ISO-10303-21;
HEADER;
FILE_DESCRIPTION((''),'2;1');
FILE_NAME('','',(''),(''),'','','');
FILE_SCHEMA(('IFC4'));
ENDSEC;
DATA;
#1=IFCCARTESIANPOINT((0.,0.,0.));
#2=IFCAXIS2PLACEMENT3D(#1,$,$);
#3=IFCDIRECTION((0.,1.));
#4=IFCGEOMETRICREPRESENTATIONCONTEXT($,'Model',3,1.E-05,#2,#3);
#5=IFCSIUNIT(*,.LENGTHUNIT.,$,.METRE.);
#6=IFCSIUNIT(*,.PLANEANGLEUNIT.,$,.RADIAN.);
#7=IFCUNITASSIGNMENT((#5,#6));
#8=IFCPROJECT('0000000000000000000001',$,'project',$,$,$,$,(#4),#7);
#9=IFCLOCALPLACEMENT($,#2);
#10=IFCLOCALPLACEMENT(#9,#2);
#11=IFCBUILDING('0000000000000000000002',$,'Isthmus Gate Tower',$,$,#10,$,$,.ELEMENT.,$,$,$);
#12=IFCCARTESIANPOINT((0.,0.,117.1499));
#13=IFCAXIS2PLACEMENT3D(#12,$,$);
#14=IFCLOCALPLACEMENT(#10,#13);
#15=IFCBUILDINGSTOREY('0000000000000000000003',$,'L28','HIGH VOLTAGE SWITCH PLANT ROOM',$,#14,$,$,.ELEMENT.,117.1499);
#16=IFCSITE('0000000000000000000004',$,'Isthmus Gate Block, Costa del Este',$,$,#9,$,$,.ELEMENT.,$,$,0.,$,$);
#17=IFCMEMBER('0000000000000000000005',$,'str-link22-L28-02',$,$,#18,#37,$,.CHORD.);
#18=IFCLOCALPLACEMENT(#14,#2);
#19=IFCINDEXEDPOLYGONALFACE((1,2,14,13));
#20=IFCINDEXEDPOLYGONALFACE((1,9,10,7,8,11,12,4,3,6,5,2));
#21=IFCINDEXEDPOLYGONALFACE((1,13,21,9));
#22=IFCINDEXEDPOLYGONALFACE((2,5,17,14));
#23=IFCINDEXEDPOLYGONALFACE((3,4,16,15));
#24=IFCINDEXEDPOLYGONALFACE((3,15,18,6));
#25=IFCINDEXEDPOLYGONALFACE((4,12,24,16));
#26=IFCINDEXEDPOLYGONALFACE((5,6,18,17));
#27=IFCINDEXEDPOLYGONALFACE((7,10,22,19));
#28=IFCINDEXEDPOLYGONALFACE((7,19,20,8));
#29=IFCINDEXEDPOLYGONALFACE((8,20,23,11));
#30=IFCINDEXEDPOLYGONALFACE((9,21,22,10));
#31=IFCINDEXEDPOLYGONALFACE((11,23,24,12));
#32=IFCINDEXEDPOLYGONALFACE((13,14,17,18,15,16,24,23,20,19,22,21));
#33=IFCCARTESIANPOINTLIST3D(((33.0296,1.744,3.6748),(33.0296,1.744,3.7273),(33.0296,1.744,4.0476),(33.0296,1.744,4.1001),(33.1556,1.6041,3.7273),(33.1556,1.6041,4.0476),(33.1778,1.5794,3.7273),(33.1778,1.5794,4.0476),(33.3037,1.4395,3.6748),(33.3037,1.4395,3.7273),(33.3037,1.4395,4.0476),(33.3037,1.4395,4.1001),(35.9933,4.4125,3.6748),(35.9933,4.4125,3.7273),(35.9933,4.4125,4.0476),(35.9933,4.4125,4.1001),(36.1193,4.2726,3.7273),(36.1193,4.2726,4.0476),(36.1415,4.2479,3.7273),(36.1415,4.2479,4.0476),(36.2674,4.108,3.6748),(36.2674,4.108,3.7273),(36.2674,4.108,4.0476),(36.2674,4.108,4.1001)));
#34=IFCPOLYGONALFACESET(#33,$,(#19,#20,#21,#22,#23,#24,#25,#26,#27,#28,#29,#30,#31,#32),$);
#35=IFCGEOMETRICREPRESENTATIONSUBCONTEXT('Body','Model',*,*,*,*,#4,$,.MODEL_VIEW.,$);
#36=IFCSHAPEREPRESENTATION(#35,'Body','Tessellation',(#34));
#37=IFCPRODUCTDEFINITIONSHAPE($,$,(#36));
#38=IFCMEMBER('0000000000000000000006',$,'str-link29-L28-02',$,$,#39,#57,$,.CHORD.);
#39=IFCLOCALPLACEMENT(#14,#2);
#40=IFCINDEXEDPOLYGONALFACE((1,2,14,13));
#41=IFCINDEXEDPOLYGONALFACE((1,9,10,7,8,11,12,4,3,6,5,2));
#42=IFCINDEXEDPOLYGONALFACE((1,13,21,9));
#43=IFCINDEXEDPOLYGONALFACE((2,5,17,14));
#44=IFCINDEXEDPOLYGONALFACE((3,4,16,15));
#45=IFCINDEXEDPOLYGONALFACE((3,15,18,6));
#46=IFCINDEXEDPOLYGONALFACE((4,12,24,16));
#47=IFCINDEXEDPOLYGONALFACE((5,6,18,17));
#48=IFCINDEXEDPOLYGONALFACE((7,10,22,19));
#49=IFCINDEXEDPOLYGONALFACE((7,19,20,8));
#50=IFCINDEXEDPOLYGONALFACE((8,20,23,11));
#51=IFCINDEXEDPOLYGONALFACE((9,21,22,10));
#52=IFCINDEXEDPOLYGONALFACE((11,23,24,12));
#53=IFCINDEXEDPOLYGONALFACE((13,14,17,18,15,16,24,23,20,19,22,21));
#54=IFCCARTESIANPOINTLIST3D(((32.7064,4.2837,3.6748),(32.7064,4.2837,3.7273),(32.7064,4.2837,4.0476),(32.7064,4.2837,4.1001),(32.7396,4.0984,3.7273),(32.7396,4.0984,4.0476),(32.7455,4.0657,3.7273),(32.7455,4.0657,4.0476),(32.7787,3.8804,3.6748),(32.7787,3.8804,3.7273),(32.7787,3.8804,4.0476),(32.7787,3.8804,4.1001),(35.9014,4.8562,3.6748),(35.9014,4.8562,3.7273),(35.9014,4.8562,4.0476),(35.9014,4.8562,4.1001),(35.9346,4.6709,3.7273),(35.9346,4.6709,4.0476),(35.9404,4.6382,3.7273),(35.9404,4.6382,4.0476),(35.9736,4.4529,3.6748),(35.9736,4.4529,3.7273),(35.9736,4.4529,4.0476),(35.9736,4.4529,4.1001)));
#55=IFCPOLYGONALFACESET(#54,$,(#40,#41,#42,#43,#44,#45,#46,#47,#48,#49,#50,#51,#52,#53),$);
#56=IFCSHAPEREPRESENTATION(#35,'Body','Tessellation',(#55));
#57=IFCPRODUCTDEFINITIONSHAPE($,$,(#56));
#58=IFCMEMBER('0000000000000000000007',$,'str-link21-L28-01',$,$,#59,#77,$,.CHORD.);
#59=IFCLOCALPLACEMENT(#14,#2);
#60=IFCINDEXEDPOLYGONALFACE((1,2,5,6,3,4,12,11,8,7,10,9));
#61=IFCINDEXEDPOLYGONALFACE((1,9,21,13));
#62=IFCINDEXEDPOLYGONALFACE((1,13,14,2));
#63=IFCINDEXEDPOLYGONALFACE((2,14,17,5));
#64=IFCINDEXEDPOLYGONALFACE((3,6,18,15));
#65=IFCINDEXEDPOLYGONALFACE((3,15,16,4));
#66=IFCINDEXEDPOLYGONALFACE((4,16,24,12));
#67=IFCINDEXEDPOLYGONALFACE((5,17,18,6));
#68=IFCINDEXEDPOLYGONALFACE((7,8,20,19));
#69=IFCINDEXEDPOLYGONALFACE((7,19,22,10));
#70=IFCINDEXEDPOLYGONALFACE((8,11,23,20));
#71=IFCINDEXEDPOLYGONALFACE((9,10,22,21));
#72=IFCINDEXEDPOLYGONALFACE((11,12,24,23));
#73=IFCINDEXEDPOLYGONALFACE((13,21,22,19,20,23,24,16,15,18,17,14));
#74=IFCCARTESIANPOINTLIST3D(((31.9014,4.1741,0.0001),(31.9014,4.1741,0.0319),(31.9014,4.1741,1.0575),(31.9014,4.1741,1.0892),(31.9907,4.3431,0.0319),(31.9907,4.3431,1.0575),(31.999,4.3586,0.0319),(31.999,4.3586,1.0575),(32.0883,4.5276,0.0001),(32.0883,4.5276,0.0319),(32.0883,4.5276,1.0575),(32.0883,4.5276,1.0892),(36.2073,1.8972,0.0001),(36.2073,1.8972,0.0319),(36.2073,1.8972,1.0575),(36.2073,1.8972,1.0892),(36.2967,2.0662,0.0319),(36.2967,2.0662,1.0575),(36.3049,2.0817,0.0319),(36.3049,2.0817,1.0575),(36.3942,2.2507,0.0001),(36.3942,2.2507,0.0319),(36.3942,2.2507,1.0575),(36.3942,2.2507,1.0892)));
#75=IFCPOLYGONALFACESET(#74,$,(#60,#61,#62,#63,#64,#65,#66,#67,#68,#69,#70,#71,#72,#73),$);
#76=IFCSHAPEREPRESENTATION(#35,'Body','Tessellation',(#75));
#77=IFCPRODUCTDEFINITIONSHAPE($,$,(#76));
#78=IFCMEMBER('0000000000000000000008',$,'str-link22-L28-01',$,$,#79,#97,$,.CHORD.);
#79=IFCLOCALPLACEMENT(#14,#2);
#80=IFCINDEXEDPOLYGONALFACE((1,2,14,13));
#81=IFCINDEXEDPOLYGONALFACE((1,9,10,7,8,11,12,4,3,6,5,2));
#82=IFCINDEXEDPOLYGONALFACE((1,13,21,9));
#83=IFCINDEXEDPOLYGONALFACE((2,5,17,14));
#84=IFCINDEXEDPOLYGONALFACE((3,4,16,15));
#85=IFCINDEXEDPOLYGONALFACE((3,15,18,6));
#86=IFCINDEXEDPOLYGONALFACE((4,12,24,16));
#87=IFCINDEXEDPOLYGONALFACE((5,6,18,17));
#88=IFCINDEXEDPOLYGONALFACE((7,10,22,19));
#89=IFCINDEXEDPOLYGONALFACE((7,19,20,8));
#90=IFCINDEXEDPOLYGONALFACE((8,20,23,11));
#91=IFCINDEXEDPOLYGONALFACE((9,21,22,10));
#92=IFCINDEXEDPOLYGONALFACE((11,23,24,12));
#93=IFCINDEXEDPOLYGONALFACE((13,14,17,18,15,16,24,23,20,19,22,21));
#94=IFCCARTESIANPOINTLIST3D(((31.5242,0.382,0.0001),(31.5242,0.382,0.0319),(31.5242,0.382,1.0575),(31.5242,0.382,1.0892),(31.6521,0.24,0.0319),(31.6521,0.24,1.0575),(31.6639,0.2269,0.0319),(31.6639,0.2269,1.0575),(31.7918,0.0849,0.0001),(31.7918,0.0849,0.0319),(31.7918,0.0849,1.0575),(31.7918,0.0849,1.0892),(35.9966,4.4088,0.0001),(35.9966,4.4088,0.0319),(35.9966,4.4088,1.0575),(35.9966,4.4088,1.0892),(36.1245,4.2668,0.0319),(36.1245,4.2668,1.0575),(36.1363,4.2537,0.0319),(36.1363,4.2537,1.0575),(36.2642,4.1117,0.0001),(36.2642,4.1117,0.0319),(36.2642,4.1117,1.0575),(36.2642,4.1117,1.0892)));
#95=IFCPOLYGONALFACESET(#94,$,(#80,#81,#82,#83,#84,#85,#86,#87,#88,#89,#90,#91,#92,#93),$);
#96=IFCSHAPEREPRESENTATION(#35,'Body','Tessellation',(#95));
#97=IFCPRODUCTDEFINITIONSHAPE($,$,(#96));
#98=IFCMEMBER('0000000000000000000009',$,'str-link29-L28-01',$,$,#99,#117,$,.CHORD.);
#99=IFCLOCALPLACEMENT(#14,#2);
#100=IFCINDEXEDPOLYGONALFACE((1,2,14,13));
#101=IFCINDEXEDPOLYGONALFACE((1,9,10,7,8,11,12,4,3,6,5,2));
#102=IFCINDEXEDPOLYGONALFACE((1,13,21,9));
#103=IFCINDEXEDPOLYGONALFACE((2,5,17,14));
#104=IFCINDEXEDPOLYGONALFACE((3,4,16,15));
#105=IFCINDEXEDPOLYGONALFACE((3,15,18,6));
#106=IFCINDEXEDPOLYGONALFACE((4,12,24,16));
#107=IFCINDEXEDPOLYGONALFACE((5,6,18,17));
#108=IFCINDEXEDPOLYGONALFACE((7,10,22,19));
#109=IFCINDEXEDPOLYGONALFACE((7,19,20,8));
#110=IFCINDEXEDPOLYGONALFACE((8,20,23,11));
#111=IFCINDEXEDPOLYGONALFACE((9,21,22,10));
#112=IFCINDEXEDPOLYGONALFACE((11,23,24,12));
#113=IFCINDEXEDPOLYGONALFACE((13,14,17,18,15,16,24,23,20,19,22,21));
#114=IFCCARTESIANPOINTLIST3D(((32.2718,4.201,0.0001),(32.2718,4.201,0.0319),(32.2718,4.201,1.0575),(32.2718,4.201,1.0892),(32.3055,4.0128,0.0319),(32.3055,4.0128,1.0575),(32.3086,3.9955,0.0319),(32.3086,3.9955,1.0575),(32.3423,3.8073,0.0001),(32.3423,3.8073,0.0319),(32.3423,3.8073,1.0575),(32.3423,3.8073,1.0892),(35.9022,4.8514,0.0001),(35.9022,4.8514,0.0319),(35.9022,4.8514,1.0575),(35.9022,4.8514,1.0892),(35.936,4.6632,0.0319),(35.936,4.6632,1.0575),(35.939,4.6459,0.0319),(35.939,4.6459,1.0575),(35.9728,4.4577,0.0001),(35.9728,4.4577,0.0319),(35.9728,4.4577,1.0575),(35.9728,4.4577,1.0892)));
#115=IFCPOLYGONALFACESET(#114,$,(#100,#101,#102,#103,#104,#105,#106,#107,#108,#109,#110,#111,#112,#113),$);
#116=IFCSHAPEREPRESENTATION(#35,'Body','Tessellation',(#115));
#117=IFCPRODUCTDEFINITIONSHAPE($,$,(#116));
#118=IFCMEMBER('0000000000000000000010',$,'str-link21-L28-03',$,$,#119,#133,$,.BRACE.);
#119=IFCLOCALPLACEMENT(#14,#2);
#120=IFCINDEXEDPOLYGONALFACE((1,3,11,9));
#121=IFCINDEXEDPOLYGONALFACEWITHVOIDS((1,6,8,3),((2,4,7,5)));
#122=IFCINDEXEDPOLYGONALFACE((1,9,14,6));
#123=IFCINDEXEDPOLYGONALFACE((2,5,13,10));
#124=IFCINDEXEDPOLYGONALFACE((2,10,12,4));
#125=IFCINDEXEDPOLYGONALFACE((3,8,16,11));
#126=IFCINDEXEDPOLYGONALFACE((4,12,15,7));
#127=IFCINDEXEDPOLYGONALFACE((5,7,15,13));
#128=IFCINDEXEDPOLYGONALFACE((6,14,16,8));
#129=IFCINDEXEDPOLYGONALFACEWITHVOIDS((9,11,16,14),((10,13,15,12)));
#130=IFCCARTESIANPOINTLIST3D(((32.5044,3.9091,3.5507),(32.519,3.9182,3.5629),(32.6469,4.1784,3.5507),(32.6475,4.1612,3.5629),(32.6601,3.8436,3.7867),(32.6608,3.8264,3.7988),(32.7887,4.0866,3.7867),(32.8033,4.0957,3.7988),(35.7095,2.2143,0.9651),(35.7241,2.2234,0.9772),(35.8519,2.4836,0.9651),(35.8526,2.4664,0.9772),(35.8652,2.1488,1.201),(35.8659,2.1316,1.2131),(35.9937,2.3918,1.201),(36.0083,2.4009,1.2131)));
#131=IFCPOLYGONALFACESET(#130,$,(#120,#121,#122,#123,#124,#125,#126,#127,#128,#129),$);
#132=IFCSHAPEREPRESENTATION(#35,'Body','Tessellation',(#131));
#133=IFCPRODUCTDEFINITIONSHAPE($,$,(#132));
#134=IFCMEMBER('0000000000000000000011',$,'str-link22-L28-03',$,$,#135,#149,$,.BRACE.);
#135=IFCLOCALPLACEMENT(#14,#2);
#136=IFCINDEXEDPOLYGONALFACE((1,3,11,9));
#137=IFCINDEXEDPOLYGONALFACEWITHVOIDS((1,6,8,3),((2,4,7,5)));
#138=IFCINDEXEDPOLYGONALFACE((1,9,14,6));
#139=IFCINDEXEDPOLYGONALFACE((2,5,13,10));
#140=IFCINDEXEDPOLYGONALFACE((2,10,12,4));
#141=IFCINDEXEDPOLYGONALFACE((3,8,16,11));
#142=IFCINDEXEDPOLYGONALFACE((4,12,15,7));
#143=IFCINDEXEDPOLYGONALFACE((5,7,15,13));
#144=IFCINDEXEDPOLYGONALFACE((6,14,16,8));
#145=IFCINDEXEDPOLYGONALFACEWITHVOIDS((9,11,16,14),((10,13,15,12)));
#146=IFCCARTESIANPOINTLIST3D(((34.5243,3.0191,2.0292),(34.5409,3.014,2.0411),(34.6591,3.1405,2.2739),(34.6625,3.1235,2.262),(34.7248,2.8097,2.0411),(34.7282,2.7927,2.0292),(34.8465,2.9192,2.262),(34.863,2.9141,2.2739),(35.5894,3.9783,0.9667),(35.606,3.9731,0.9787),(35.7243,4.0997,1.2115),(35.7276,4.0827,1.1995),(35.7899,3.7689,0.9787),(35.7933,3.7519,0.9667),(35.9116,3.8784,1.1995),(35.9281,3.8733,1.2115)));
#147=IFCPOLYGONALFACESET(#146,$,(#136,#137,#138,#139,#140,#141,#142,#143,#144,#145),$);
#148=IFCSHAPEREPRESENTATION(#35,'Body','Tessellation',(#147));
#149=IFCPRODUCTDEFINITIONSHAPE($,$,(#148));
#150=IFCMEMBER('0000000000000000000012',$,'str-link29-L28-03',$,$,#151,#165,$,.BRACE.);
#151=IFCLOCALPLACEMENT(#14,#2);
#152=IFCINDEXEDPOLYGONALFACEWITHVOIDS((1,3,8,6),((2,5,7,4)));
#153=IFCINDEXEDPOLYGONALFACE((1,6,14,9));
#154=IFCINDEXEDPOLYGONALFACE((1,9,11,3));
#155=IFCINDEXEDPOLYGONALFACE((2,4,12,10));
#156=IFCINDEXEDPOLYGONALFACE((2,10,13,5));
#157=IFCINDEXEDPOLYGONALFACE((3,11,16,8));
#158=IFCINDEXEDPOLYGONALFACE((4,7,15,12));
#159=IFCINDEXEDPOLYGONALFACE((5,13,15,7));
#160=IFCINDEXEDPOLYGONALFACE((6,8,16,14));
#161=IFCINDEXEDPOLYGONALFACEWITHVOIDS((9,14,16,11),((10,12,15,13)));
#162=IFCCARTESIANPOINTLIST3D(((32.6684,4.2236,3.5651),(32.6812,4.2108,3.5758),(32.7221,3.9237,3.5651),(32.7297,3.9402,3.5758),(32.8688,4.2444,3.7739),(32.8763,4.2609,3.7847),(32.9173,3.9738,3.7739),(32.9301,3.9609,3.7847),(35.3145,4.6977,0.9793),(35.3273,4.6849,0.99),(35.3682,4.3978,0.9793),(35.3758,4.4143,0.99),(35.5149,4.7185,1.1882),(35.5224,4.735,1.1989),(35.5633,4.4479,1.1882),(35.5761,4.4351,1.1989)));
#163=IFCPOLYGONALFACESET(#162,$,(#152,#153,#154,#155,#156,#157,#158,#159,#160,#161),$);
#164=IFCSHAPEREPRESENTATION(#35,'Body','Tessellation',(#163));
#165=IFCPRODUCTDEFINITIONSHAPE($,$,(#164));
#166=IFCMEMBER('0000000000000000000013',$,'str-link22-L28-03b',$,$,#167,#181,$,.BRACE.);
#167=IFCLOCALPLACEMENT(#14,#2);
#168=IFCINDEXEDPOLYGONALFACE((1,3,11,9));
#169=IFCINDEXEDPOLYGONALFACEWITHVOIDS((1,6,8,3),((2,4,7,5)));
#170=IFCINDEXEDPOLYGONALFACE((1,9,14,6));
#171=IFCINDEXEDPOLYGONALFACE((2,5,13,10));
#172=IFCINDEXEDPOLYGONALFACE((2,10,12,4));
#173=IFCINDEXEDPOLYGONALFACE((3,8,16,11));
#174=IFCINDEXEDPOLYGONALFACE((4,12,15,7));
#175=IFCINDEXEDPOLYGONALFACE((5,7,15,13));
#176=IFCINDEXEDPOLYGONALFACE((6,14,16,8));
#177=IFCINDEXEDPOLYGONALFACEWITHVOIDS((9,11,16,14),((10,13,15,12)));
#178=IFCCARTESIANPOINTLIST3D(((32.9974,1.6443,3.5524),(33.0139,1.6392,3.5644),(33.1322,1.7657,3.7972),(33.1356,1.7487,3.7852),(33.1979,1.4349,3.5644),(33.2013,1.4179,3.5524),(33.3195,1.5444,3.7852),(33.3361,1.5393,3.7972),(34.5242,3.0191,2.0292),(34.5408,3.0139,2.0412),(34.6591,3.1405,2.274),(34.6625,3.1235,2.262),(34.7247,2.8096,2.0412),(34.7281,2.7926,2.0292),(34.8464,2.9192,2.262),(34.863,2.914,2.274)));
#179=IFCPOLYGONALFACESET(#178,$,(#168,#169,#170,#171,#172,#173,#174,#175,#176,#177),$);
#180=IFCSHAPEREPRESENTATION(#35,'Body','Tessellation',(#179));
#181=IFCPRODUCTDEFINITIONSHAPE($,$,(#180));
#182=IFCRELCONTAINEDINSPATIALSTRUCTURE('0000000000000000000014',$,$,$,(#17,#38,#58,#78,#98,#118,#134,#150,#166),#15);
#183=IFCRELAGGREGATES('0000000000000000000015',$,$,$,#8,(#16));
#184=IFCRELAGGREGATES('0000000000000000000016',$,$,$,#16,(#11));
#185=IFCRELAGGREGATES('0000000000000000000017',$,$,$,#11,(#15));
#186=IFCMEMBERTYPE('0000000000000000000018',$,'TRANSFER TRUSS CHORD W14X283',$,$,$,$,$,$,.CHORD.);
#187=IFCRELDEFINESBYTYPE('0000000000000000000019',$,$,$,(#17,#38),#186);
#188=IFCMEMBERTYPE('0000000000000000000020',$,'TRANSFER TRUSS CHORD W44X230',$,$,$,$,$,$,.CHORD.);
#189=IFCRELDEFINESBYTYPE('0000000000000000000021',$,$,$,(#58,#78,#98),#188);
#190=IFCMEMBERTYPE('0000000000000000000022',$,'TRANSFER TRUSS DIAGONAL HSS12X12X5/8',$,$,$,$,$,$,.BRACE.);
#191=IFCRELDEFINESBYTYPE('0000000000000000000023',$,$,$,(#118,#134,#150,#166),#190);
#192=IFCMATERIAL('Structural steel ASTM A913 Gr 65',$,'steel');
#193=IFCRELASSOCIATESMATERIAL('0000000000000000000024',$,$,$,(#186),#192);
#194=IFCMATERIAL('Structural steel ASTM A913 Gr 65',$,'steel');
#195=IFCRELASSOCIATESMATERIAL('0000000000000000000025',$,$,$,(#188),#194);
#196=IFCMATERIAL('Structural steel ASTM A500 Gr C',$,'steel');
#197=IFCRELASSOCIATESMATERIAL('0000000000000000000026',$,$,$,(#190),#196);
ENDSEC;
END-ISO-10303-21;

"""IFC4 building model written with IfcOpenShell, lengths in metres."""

from ifc_helpers import new_model, si_unit, direction, frame, origin, origin_2d, place, context, subcontext, project, spatial, hollow_rectangle, i_section, extrude, material, material_profile, profile_set, type_object, element, save


model = new_model("IFC4")

# Units and contexts
model_context = context("Model", 3, precision=1e-05, world=origin(), true_north=direction((0.0, 1.0)))
body_context = subcontext(model_context, "Body", "Model", "MODEL_VIEW")
ifc_project = project(units=[si_unit("LENGTHUNIT", "METRE"), si_unit("PLANEANGLEUNIT", "RADIAN")], contexts=[model_context])

# Site, building, storey
site_placement = place(None, origin())
site = spatial("IfcSite", under=ifc_project, at=site_placement, Name="Isthmus Gate Block, Costa del Este", CompositionType="ELEMENT", RefElevation=0.0)
building_placement = place(site_placement, origin())
building = spatial("IfcBuilding", under=site, at=building_placement, Name="Isthmus Gate Tower", CompositionType="ELEMENT")
storey_placement = place(building_placement, frame((0.0, 0.0, 117.1499)))
storey = spatial("IfcBuildingStorey", under=building, at=storey_placement, Name="L28", Description="HIGH VOLTAGE SWITCH PLANT ROOM", CompositionType="ELEMENT", Elevation=117.1499)

# Members
ifc_material_1 = material(Name="Structural steel ASTM A913 Gr 65", Category="steel")
ifc_material_profile_1 = material_profile(ifc_material_1, i_section(OverallWidth=0.4097, OverallDepth=0.4253, WebThickness=0.0332, FlangeThickness=0.0525, at=origin_2d()), Name="W14X283")
ifc_profile_set_1 = profile_set([ifc_material_profile_1], Name="Structural steel ASTM A913 Gr 65")
member_type_1 = type_object("IfcMemberType", Name="TRANSFER TRUSS CHORD W14X283", PredefinedType="CHORD", material=ifc_profile_set_1)
member_1_placement = place(storey_placement, frame((36.1304, 4.2603, 3.8875), z_axis=(-0.743145, -0.66913, 0.0), x_axis=(0.66913, -0.743145, 0.0)))
element("IfcMember", 1, at=member_1_placement, inside=storey, type_object=member_type_1, Name="str-link22-L28-02", PredefinedType="CHORD", context=body_context, shape_type="SweptSolid", body=[
    extrude(i_section(OverallWidth=0.4097, OverallDepth=0.4253, WebThickness=0.0332, FlangeThickness=0.0525, at=origin_2d()), origin(), (0.0, 0.0, 1.0), 3.988),
])
member_2_placement = place(storey_placement, frame((35.9375, 4.6545, 3.8875), z_axis=(-0.984323, -0.176376, 0.0), x_axis=(0.176376, -0.984323, 0.0)))
element("IfcMember", 2, at=member_2_placement, inside=storey, type_object=member_type_1, Name="str-link29-L28-02", PredefinedType="CHORD", context=body_context, shape_type="SweptSolid", body=[
    extrude(i_section(OverallWidth=0.4097, OverallDepth=0.4253, WebThickness=0.0332, FlangeThickness=0.0525, at=origin_2d()), origin(), (0.0, 0.0, 1.0), 3.2458),
])
ifc_material_2 = material(Name="Structural steel ASTM A913 Gr 65", Category="steel")
ifc_material_profile_2 = material_profile(ifc_material_2, i_section(OverallWidth=0.3999, OverallDepth=1.0891, WebThickness=0.0176, FlangeThickness=0.0317, at=origin_2d()), Name="W44X230")
ifc_profile_set_2 = profile_set([ifc_material_profile_2], Name="Structural steel ASTM A913 Gr 65")
member_type_2 = type_object("IfcMemberType", Name="TRANSFER TRUSS CHORD W44X230", PredefinedType="CHORD", material=ifc_profile_set_2)
member_3_placement = place(storey_placement, frame((36.3008, 2.074, 0.5447), z_axis=(-0.884021, 0.467448, 0.0), x_axis=(-0.467448, -0.884021, 0.0)))
element("IfcMember", 3, at=member_3_placement, inside=storey, type_object=member_type_2, Name="str-link21-L28-01", PredefinedType="CHORD", context=body_context, shape_type="SweptSolid", body=[
    extrude(i_section(OverallWidth=0.3999, OverallDepth=1.0891, WebThickness=0.0176, FlangeThickness=0.0317, at=origin_2d()), origin(), (0.0, 0.0, 1.0), 4.8708),
])
member_4_placement = place(storey_placement, frame((36.1304, 4.2603, 0.5447), z_axis=(-0.743155, -0.669119, 0.0), x_axis=(0.669119, -0.743155, 0.0)))
element("IfcMember", 4, at=member_4_placement, inside=storey, type_object=member_type_2, Name="str-link22-L28-01", PredefinedType="CHORD", context=body_context, shape_type="SweptSolid", body=[
    extrude(i_section(OverallWidth=0.3999, OverallDepth=1.0891, WebThickness=0.0176, FlangeThickness=0.0317, at=origin_2d()), origin(), (0.0, 0.0, 1.0), 6.0181),
])
member_5_placement = place(storey_placement, frame((35.9375, 4.6545, 0.5447), z_axis=(-0.984328, -0.176345, 0.0), x_axis=(0.176345, -0.984328, 0.0)))
element("IfcMember", 5, at=member_5_placement, inside=storey, type_object=member_type_2, Name="str-link29-L28-01", PredefinedType="CHORD", context=body_context, shape_type="SweptSolid", body=[
    extrude(i_section(OverallWidth=0.3999, OverallDepth=1.0891, WebThickness=0.0176, FlangeThickness=0.0317, at=origin_2d()), origin(), (0.0, 0.0, 1.0), 3.6882),
])
ifc_material_3 = material(Name="Structural steel ASTM A500 Gr C", Category="steel")
ifc_material_profile_3 = material_profile(ifc_material_3, hollow_rectangle(XDim=0.3047, YDim=0.3047, WallThickness=0.0149, at=origin_2d()), Name="HSS12X12X5/8")
ifc_profile_set_3 = profile_set([ifc_material_profile_3], Name="Structural steel ASTM A500 Gr C")
member_type_3 = type_object("IfcMemberType", Name="TRANSFER TRUSS DIAGONAL HSS12X12X5/8", PredefinedType="BRACE", material=ifc_profile_set_3)
member_6_placement = place(storey_placement, frame((35.8589, 2.3076, 1.0891), z_axis=(-0.719729, 0.380588, 0.58064), x_axis=(-0.467461, -0.884014, 0.0)))
element("IfcMember", 6, at=member_6_placement, inside=storey, type_object=member_type_3, Name="str-link21-L28-03", PredefinedType="BRACE", context=body_context, shape_type="SweptSolid", body=[
    extrude(hollow_rectangle(XDim=0.3047, YDim=0.3047, WallThickness=0.0149, at=origin_2d()), origin(), (0.0, 0.0, 1.0), 4.4531),
])
member_7_placement = place(storey_placement, frame((35.7588, 3.9258, 1.0891), z_axis=(-0.596984, -0.537601, 0.595479), x_axis=(0.669181, -0.743099, 0.0)))
element("IfcMember", 7, at=member_7_placement, inside=storey, type_object=member_type_3, Name="str-link22-L28-03", PredefinedType="BRACE", context=body_context, shape_type="SweptSolid", body=[
    extrude(hollow_rectangle(XDim=0.3047, YDim=0.3047, WallThickness=0.0149, at=origin_2d()), origin(), (0.0, 0.0, 1.0), 1.7842),
])
member_8_placement = place(storey_placement, frame((35.4453, 4.5664, 1.0891), z_axis=(-0.709408, -0.127115, 0.69324), x_axis=(0.176375, -0.984323, 0.0)))
element("IfcMember", 8, at=member_8_placement, inside=storey, type_object=member_type_3, Name="str-link29-L28-03", PredefinedType="BRACE", context=body_context, shape_type="SweptSolid", body=[
    extrude(hollow_rectangle(XDim=0.3047, YDim=0.3047, WallThickness=0.0149, at=origin_2d()), origin(), (0.0, 0.0, 1.0), 3.73),
])
member_9_placement = place(storey_placement, frame((34.6936, 2.9666, 2.1516), z_axis=(-0.596986, -0.537516, 0.595554), x_axis=(0.669122, -0.743152, 0.0)))
element("IfcMember", 9, at=member_9_placement, inside=storey, type_object=member_type_3, Name="str-link22-L28-03b", PredefinedType="BRACE", context=body_context, shape_type="SweptSolid", body=[
    extrude(hollow_rectangle(XDim=0.3047, YDim=0.3047, WallThickness=0.0149, at=origin_2d()), origin(), (0.0, 0.0, 1.0), 2.5576),
])

save(model, "model.ifc")
